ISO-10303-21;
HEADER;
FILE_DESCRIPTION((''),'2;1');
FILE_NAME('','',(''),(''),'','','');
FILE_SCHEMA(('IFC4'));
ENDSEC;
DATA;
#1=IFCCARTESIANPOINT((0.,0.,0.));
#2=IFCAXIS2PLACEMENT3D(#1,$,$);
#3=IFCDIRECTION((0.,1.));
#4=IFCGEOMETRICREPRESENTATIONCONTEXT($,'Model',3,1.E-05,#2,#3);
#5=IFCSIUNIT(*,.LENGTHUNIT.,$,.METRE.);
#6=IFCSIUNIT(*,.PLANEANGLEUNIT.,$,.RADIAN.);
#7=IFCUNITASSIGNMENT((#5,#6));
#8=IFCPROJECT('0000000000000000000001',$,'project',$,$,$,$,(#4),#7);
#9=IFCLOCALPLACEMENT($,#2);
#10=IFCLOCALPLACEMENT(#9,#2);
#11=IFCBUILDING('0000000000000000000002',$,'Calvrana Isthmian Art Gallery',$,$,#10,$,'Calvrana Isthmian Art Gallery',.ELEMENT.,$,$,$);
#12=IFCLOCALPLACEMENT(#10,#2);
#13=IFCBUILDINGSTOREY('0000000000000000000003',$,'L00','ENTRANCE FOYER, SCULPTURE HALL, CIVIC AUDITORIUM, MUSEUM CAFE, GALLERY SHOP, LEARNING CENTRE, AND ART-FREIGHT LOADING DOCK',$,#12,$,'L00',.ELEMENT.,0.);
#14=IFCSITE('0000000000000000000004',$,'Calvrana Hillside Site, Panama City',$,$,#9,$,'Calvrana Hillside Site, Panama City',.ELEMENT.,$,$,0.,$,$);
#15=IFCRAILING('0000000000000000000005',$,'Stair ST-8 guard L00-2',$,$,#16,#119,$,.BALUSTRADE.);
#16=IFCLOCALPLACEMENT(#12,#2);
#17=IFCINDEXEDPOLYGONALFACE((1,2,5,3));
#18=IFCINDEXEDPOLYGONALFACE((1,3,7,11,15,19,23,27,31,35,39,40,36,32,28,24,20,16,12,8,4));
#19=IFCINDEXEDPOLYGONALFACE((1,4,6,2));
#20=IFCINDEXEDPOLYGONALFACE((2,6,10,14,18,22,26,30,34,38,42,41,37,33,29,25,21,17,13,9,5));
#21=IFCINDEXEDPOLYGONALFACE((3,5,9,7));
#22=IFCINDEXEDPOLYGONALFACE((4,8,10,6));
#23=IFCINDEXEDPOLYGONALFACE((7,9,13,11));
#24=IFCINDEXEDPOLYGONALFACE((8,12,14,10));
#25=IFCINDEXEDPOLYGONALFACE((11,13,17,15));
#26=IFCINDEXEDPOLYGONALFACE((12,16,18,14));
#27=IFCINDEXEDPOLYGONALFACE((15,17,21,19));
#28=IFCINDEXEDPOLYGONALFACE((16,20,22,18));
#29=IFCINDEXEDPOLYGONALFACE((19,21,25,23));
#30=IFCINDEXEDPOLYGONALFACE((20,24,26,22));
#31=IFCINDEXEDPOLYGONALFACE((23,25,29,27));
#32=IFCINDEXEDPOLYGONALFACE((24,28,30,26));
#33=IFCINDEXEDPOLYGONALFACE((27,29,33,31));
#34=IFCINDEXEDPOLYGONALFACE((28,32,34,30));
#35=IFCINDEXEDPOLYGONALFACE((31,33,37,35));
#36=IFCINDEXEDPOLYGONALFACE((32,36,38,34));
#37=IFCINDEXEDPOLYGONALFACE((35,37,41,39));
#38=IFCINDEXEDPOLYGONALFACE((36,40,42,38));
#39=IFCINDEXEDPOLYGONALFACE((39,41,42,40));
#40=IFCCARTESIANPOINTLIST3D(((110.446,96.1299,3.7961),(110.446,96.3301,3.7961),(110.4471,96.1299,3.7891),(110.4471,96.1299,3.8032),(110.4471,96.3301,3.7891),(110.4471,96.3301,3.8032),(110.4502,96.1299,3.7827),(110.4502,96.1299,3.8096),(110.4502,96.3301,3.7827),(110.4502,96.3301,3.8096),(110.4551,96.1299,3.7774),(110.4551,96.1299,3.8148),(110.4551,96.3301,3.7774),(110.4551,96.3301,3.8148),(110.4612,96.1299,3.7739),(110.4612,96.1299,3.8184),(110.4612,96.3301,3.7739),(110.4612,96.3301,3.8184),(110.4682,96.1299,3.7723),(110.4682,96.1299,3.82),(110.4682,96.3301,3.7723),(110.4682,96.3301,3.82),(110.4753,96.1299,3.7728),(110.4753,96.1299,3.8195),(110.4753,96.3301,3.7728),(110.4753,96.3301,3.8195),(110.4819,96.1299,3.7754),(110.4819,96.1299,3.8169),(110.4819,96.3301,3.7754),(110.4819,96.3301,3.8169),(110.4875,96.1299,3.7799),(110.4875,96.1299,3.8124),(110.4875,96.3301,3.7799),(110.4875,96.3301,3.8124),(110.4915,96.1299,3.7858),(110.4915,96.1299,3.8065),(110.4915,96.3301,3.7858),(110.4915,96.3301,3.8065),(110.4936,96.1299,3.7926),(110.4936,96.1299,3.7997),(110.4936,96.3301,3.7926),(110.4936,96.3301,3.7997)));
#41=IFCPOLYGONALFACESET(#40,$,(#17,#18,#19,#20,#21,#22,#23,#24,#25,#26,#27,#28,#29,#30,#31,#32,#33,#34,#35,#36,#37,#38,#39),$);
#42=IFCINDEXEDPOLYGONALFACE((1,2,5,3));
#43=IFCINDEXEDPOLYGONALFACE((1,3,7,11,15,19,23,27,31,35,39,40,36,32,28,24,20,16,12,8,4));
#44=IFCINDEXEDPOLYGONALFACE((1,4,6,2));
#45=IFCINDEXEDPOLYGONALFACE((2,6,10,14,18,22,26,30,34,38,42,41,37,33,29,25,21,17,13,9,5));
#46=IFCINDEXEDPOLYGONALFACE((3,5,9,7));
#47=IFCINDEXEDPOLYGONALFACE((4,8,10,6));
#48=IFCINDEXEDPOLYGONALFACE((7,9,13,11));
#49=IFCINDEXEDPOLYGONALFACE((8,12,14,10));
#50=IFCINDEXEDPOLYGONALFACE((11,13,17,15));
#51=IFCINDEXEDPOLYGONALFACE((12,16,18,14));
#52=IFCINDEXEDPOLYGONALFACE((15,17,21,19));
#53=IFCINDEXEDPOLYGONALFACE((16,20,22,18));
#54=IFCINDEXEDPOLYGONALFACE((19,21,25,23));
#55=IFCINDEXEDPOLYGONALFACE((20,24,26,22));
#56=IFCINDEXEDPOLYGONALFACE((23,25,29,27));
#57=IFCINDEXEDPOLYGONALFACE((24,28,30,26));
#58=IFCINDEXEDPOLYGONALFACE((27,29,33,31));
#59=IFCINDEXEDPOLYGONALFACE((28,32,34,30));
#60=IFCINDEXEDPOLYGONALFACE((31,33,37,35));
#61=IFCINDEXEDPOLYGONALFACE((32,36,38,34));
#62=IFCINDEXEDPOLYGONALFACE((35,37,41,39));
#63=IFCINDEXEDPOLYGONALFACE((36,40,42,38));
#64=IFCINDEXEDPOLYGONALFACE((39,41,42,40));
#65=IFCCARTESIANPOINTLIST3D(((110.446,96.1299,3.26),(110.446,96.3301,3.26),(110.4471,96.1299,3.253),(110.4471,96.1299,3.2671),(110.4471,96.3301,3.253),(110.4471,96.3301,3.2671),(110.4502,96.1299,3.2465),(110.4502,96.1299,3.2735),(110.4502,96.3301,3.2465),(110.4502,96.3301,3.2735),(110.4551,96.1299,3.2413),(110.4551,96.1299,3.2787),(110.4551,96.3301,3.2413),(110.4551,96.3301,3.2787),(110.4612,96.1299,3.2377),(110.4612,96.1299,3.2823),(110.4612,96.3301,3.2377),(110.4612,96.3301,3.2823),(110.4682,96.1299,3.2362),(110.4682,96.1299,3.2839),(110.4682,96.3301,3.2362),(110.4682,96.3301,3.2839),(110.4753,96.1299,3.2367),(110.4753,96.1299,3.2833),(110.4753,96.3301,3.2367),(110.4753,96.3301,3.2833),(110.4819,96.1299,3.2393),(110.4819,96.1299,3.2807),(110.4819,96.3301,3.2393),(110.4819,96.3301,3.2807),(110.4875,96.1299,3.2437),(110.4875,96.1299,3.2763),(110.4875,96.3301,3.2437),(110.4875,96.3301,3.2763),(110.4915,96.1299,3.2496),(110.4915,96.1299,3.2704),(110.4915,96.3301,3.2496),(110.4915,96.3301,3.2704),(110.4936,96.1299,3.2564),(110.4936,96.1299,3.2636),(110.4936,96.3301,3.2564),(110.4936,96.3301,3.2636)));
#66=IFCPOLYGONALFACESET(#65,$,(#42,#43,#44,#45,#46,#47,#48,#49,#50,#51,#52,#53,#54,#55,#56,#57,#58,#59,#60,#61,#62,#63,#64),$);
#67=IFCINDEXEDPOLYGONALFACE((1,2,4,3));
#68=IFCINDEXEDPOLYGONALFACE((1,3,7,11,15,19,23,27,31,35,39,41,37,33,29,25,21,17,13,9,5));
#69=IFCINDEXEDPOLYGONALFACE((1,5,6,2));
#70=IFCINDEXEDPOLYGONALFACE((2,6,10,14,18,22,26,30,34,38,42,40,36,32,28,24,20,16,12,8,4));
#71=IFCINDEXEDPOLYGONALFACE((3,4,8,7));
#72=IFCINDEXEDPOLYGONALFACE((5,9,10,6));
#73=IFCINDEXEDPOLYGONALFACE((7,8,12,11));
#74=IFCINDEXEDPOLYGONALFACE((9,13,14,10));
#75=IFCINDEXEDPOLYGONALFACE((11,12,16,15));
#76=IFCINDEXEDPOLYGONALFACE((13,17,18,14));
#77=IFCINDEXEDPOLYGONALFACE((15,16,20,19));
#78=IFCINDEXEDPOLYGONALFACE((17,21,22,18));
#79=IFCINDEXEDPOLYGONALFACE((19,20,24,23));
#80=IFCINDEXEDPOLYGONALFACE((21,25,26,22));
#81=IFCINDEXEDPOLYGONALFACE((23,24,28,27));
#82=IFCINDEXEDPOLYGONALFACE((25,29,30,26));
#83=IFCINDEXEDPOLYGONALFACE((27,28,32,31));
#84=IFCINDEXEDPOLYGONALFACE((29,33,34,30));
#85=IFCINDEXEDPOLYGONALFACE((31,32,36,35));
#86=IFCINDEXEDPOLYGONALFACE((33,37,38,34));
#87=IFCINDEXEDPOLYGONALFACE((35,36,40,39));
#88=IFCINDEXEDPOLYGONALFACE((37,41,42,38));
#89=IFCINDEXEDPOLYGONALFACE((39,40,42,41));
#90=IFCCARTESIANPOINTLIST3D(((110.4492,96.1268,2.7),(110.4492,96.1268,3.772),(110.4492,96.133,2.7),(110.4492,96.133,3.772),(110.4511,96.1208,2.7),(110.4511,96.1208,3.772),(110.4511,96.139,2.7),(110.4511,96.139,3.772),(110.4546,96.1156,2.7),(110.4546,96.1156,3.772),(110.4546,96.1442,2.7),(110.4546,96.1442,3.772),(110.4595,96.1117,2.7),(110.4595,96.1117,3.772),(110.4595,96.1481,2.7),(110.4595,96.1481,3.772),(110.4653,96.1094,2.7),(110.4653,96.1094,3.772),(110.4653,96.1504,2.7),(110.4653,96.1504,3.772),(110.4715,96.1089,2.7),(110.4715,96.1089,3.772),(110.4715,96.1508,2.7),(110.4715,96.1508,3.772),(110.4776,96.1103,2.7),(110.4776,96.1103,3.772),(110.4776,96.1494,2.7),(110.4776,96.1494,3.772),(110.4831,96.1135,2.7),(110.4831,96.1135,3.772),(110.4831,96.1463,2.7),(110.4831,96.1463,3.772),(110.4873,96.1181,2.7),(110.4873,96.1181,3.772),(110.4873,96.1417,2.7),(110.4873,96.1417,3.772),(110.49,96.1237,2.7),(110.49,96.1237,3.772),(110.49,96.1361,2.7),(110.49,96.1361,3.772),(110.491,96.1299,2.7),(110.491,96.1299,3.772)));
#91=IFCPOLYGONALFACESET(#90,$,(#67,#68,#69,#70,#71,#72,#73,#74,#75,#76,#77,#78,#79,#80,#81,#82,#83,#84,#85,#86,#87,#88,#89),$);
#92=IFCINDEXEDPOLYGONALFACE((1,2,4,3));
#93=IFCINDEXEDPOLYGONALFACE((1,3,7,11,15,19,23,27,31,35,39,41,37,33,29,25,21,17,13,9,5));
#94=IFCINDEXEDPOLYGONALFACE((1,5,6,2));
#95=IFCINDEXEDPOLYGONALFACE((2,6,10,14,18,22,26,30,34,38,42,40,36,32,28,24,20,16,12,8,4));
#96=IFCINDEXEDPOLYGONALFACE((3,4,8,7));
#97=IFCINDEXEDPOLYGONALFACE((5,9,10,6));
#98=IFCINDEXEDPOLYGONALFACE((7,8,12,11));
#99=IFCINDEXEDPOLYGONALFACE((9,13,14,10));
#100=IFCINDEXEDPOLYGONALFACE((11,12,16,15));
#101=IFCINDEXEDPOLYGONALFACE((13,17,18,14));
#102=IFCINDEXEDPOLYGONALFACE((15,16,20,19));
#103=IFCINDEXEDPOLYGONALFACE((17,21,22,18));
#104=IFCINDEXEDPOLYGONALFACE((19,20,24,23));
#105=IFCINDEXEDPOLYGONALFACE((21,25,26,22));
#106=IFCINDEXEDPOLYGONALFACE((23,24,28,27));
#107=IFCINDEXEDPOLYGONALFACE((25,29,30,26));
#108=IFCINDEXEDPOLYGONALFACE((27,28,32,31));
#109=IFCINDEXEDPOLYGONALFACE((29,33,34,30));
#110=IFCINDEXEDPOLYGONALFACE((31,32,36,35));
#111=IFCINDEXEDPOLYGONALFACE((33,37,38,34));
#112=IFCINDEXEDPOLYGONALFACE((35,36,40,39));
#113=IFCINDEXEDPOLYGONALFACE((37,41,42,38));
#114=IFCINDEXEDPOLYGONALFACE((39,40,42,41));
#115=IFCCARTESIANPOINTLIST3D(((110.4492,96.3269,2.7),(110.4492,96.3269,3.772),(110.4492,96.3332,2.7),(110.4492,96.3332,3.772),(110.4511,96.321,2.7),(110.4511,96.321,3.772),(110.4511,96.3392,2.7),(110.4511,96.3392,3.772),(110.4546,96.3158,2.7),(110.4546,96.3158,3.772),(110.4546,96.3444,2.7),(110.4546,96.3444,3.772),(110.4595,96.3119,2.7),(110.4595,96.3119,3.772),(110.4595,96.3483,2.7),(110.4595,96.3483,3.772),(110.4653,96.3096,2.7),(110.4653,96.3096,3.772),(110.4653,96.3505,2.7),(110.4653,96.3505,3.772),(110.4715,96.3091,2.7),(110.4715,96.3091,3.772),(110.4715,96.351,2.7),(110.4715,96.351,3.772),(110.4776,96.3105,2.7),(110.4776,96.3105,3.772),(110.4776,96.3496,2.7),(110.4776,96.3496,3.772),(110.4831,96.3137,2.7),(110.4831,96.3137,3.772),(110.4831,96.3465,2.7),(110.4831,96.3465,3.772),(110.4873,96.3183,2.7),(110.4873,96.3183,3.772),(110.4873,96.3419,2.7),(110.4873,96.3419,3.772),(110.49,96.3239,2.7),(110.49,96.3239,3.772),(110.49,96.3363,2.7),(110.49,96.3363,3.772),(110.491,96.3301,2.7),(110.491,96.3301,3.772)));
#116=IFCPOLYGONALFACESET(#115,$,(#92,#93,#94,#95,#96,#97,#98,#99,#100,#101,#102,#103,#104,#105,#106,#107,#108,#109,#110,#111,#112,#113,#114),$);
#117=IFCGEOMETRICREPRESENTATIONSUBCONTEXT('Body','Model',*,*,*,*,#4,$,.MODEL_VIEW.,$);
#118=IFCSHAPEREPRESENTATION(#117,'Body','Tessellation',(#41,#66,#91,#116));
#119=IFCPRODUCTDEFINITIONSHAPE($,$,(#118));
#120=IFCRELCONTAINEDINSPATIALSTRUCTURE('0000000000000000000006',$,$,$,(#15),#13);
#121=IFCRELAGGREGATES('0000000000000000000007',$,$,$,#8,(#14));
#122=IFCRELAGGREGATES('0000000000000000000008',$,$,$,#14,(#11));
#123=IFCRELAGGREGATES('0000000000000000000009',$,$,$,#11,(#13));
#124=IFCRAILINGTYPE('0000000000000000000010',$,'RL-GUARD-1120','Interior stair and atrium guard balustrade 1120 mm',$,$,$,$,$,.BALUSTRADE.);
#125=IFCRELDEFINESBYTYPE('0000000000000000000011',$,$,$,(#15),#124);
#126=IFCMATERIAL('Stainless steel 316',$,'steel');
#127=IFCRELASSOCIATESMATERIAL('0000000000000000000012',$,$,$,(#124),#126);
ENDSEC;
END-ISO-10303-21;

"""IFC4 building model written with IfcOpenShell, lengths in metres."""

from ifc_helpers import new_model, si_unit, direction, frame, origin, origin_2d, place, context, subcontext, project, spatial, circle, extrude, material, type_object, element, save


model = new_model("IFC4")

# Units and contexts
model_context = context("Model", 3, precision=1e-05, world=origin(), true_north=direction((0.0, 1.0)))
body_context = subcontext(model_context, "Body", "Model", "MODEL_VIEW")
ifc_project = project(units=[si_unit("LENGTHUNIT", "METRE"), si_unit("PLANEANGLEUNIT", "RADIAN")], contexts=[model_context])

# Site, building, storey
site_placement = place(None, origin())
site = spatial("IfcSite", under=ifc_project, at=site_placement, Name="Calvrana Hillside Site, Panama City", LongName="Calvrana Hillside Site, Panama City", CompositionType="ELEMENT", RefElevation=0.0)
building_placement = place(site_placement, origin())
building = spatial("IfcBuilding", under=site, at=building_placement, Name="Calvrana Isthmian Art Gallery", LongName="Calvrana Isthmian Art Gallery", CompositionType="ELEMENT")
storey_placement = place(building_placement, origin())
storey = spatial("IfcBuildingStorey", under=building, at=storey_placement, Name="L00", Description="ENTRANCE FOYER, SCULPTURE HALL, CIVIC AUDITORIUM, MUSEUM CAFE, GALLERY SHOP, LEARNING CENTRE, AND ART-FREIGHT LOADING DOCK", LongName="L00", CompositionType="ELEMENT", Elevation=0.0)

# Railing
ifc_material_1 = material(Name="Stainless steel 316", Category="steel")
railing_type_1 = type_object("IfcRailingType", Name="RL-GUARD-1120", Description="Interior stair and atrium guard balustrade 1120 mm", PredefinedType="BALUSTRADE", material=ifc_material_1)
railing_1_placement = place(storey_placement, frame((110.47, 96.1299, 2.7)))
element("IfcRailing", 1, at=railing_1_placement, inside=storey, type_object=railing_type_1, Name="Stair ST-8 guard L00-2", PredefinedType="BALUSTRADE", context=body_context, shape_type="SweptSolid", body=[
    extrude(circle(Radius=0.0239, at=origin_2d()), frame((0.0, 0.0, 1.0962), z_axis=(0.0, 1.0, 0.0), x_axis=(-1.0, 0.0, 0.0)), (0.0, 0.0, 1.0), 0.2002),
    extrude(circle(Radius=0.0239, at=origin_2d()), frame((0.0, 0.0, 0.5601), z_axis=(0.0, 1.0, 0.0), x_axis=(-1.0, 0.0, 0.0)), (0.0, 0.0, 1.0), 0.2002),
    extrude(circle(Radius=0.021, at=origin_2d()), origin(), (0.0, 0.0, 1.0), 1.072),
    extrude(circle(Radius=0.021, at=origin_2d()), frame((0.0, 0.2002, 0.0)), (0.0, 0.0, 1.0), 1.072),
])

save(model, "model.ifc")
